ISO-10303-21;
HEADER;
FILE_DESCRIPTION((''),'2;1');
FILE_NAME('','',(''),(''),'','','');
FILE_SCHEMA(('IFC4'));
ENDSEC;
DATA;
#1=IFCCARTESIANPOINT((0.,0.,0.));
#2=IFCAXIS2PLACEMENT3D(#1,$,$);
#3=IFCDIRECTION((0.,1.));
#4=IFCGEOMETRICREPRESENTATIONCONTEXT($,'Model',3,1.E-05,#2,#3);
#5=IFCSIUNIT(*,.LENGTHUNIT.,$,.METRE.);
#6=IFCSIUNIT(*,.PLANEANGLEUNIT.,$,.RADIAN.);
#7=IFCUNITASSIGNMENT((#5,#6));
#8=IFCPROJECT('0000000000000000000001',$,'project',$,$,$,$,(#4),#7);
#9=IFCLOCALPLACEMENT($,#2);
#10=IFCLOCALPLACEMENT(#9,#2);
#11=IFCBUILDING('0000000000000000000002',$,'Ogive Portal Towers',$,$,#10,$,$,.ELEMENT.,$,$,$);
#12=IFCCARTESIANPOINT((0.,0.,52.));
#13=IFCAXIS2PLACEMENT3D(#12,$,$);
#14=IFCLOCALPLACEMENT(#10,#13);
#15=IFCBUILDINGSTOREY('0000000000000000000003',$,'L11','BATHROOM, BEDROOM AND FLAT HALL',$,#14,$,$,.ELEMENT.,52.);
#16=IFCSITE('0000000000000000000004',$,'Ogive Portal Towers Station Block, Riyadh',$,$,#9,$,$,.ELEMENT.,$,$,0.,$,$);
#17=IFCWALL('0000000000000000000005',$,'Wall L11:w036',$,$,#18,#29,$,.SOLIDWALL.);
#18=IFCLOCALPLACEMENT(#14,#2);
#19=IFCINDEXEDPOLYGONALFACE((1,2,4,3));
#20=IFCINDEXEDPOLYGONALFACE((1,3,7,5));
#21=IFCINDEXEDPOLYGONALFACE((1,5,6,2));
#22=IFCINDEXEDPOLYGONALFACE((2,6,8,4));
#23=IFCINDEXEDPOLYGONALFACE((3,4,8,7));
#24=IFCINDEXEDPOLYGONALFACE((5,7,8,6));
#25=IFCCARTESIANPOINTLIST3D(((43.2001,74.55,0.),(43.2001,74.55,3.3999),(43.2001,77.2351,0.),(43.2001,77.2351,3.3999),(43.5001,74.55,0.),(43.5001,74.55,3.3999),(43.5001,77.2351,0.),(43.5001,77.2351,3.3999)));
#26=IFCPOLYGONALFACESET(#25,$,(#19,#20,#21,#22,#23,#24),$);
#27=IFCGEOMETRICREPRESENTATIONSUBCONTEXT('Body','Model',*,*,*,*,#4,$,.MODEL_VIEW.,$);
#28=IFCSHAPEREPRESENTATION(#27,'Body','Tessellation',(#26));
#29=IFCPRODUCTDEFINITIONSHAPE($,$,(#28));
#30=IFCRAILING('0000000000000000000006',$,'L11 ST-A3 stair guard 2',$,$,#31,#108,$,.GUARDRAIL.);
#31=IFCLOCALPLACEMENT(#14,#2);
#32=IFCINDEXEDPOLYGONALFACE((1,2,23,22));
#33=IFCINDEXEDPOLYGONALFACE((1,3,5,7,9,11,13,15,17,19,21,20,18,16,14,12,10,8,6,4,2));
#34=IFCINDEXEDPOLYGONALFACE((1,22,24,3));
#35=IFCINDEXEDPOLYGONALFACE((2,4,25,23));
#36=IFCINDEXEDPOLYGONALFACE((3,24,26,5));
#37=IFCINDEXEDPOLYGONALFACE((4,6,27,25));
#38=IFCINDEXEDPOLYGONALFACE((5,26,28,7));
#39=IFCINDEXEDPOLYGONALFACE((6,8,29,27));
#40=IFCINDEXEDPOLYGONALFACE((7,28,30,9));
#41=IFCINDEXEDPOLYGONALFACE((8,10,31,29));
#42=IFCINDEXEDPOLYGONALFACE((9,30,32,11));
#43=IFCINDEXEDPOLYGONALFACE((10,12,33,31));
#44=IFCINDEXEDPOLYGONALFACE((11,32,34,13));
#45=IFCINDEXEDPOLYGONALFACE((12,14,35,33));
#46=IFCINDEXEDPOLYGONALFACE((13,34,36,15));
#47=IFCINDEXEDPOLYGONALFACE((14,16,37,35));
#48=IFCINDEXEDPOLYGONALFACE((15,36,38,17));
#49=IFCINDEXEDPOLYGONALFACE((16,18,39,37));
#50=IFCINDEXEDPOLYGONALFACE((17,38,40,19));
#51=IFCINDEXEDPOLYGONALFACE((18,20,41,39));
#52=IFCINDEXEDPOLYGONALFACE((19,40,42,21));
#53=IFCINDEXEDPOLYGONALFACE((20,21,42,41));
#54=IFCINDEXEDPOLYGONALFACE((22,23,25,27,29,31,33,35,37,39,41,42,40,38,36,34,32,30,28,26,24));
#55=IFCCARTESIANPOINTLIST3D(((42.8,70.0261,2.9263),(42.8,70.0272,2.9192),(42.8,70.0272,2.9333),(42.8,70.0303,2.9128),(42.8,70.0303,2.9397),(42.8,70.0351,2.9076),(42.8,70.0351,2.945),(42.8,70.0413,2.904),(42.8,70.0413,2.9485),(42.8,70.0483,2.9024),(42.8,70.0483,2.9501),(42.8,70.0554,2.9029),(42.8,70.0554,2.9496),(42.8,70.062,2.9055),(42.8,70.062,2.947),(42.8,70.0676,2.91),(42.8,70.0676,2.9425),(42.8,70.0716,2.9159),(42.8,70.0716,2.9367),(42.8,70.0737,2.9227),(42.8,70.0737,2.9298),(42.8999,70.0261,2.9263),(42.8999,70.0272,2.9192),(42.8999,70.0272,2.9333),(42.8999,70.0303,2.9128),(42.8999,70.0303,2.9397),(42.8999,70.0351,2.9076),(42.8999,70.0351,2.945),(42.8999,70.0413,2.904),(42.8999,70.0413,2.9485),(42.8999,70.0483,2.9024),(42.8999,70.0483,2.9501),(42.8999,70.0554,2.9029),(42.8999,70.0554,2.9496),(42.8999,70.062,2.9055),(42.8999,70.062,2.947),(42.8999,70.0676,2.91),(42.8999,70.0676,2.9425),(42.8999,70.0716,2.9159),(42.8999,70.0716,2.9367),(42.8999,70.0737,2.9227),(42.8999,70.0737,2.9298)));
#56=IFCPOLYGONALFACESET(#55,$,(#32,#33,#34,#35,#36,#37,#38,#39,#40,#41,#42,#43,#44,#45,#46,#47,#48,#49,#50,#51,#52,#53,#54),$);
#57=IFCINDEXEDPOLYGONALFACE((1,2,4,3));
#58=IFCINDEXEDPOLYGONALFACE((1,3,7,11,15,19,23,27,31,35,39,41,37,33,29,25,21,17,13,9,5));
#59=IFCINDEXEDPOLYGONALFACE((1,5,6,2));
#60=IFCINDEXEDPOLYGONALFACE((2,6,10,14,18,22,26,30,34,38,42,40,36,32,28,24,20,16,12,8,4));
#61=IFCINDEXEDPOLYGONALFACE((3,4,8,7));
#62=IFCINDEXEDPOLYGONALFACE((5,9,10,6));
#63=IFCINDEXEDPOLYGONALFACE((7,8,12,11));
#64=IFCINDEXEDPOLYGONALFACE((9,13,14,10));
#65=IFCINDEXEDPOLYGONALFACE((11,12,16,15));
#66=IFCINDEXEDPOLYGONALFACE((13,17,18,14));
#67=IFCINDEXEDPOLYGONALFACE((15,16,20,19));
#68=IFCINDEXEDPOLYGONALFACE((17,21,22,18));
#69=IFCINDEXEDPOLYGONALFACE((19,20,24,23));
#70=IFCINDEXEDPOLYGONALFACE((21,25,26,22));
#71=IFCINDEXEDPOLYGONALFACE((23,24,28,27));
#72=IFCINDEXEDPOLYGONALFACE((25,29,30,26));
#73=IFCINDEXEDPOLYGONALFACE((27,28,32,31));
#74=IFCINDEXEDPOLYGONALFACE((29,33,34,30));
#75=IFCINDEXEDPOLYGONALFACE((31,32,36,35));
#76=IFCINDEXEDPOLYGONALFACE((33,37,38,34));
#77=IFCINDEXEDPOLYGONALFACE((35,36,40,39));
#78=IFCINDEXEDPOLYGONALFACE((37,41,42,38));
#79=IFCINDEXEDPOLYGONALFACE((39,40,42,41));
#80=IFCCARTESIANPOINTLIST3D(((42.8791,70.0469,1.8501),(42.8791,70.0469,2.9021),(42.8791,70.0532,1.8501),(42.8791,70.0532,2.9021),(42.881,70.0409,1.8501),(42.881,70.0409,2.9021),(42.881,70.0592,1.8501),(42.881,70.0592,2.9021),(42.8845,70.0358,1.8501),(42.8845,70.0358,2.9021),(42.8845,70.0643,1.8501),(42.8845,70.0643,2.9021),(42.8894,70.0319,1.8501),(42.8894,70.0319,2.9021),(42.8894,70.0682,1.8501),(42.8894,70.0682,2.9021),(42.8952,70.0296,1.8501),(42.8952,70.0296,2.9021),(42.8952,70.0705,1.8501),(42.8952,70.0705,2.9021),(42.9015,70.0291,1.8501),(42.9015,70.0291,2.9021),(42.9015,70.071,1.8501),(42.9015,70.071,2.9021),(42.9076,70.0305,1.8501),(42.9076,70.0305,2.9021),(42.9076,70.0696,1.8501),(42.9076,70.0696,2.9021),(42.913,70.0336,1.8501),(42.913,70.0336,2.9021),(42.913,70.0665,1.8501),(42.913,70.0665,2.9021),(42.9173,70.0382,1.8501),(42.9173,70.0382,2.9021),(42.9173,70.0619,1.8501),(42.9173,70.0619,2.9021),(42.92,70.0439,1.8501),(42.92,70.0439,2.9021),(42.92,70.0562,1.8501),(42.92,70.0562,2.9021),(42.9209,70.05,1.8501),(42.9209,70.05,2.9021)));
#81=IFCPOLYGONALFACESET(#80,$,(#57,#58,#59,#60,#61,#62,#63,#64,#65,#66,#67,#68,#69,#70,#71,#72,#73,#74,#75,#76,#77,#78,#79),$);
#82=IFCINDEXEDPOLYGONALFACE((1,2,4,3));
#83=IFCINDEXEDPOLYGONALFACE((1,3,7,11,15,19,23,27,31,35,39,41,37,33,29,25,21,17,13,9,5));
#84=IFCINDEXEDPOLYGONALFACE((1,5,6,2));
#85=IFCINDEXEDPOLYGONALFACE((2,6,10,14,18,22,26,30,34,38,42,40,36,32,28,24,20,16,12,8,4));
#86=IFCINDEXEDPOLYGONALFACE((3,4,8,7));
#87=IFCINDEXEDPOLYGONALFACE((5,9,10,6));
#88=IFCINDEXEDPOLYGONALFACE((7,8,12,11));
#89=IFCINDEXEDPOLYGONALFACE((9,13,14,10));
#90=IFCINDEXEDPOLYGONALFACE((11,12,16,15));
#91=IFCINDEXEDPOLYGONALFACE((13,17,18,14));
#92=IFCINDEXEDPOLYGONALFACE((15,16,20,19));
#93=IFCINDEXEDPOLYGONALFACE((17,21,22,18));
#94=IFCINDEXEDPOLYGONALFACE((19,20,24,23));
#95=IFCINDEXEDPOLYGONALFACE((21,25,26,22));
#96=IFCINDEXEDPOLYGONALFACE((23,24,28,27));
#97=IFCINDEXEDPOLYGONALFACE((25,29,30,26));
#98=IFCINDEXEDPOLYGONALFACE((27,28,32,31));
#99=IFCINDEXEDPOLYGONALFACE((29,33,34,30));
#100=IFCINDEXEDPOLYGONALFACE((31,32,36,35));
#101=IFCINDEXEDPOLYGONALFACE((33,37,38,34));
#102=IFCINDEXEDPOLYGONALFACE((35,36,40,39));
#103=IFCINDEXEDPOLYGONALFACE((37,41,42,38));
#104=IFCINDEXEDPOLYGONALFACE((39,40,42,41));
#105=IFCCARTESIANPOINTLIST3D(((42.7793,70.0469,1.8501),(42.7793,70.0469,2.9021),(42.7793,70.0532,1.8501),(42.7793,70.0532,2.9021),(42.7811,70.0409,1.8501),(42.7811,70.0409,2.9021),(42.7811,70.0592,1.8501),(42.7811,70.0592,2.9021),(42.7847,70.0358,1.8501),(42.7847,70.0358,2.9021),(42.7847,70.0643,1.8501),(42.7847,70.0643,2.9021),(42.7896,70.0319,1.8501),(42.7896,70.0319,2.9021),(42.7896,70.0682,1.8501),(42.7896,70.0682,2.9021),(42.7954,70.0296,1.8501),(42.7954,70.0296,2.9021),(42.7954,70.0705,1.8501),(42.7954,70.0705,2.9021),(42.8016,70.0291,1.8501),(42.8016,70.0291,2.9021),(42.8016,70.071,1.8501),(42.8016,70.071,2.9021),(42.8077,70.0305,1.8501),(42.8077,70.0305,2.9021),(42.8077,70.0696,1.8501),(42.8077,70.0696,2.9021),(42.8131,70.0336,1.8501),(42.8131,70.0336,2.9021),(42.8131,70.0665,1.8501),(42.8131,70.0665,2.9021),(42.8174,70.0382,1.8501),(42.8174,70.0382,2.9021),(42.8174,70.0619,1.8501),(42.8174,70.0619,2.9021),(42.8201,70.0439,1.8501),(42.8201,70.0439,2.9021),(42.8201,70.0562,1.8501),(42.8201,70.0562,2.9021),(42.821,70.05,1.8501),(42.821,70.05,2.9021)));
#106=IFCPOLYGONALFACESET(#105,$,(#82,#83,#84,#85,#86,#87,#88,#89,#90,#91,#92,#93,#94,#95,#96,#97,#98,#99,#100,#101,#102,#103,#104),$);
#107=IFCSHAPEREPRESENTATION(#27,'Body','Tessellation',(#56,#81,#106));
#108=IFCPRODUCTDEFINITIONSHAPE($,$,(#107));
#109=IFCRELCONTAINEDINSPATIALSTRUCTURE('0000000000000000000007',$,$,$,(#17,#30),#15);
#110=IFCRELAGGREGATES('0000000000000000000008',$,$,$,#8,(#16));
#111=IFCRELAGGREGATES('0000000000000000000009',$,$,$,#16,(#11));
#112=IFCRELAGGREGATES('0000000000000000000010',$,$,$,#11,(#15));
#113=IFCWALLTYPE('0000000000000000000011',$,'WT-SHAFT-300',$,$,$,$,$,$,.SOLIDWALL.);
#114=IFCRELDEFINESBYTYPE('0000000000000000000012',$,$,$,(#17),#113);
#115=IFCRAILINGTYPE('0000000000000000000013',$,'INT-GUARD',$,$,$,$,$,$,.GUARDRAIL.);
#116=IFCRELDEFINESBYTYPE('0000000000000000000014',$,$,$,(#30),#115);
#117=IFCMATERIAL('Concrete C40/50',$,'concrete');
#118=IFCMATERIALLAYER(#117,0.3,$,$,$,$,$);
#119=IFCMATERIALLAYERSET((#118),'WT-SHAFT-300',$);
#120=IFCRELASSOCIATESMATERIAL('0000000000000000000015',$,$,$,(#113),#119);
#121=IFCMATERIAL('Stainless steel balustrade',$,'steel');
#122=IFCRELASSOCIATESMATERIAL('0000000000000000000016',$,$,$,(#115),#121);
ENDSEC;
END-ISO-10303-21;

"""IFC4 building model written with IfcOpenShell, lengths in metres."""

from ifc_helpers import new_model, si_unit, direction, frame, frame_2d, origin, origin_2d, place, context, subcontext, project, spatial, rectangle, circle, extrude, material, layer, layer_set, type_object, element, save


model = new_model("IFC4")

# Units and contexts
model_context = context("Model", 3, precision=1e-05, world=origin(), true_north=direction((0.0, 1.0)))
body_context = subcontext(model_context, "Body", "Model", "MODEL_VIEW")
ifc_project = project(units=[si_unit("LENGTHUNIT", "METRE"), si_unit("PLANEANGLEUNIT", "RADIAN")], contexts=[model_context])

# Site, building, storey
site_placement = place(None, origin())
site = spatial("IfcSite", under=ifc_project, at=site_placement, Name="Ogive Portal Towers Station Block, Riyadh", CompositionType="ELEMENT", RefElevation=0.0)
building_placement = place(site_placement, origin())
building = spatial("IfcBuilding", under=site, at=building_placement, Name="Ogive Portal Towers", CompositionType="ELEMENT")
storey_placement = place(building_placement, frame((0.0, 0.0, 52.0)))
storey = spatial("IfcBuildingStorey", under=building, at=storey_placement, Name="L11", Description="BATHROOM, BEDROOM AND FLAT HALL", CompositionType="ELEMENT", Elevation=52.0)

# Shared definitions
ifc_material_1 = material(Name="Concrete C40/50", Category="concrete")

# Wall
ifc_layer_1 = layer(ifc_material_1, 0.3)
ifc_layer_set_1 = layer_set([ifc_layer_1], Name="WT-SHAFT-300")
wall_type_1 = type_object("IfcWallType", Name="WT-SHAFT-300", PredefinedType="SOLIDWALL", material=ifc_layer_set_1)
wall_1_placement = place(storey_placement, frame((43.3501, 74.55, 0.0), z_axis=(0.0, 0.0, 1.0), x_axis=(0.0, 1.0, 0.0)))
element("IfcWall", 1, at=wall_1_placement, inside=storey, type_object=wall_type_1, Name="Wall L11:w036", PredefinedType="SOLIDWALL", context=body_context, shape_type="SweptSolid", body=[
    extrude(rectangle(XDim=2.6851, YDim=0.3, at=frame_2d((1.3425, 0.0))), origin(), (0.0, 0.0, 1.0), 3.3999),
])

# Railing
ifc_material_2 = material(Name="Stainless steel balustrade", Category="steel")
railing_type_1 = type_object("IfcRailingType", Name="INT-GUARD", PredefinedType="GUARDRAIL", material=ifc_material_2)
railing_1_placement = place(storey_placement, frame((42.8999, 70.05, 1.8501)))
element("IfcRailing", 2, at=railing_1_placement, inside=storey, type_object=railing_type_1, Name="L11 ST-A3 stair guard 2", PredefinedType="GUARDRAIL", context=body_context, shape_type="SweptSolid", body=[
    extrude(circle(Radius=0.0239, at=origin_2d()), frame((0.0, 0.0, 1.0762), z_axis=(-1.0, 0.0, 0.0), x_axis=(0.0, -1.0, 0.0)), (0.0, 0.0, 1.0), 0.0999),
    extrude(circle(Radius=0.021, at=origin_2d()), origin(), (0.0, 0.0, 1.0), 1.052),
    extrude(circle(Radius=0.021, at=origin_2d()), frame((-0.0999, 0.0, 0.0)), (0.0, 0.0, 1.0), 1.052),
])

save(model, "model.ifc")
